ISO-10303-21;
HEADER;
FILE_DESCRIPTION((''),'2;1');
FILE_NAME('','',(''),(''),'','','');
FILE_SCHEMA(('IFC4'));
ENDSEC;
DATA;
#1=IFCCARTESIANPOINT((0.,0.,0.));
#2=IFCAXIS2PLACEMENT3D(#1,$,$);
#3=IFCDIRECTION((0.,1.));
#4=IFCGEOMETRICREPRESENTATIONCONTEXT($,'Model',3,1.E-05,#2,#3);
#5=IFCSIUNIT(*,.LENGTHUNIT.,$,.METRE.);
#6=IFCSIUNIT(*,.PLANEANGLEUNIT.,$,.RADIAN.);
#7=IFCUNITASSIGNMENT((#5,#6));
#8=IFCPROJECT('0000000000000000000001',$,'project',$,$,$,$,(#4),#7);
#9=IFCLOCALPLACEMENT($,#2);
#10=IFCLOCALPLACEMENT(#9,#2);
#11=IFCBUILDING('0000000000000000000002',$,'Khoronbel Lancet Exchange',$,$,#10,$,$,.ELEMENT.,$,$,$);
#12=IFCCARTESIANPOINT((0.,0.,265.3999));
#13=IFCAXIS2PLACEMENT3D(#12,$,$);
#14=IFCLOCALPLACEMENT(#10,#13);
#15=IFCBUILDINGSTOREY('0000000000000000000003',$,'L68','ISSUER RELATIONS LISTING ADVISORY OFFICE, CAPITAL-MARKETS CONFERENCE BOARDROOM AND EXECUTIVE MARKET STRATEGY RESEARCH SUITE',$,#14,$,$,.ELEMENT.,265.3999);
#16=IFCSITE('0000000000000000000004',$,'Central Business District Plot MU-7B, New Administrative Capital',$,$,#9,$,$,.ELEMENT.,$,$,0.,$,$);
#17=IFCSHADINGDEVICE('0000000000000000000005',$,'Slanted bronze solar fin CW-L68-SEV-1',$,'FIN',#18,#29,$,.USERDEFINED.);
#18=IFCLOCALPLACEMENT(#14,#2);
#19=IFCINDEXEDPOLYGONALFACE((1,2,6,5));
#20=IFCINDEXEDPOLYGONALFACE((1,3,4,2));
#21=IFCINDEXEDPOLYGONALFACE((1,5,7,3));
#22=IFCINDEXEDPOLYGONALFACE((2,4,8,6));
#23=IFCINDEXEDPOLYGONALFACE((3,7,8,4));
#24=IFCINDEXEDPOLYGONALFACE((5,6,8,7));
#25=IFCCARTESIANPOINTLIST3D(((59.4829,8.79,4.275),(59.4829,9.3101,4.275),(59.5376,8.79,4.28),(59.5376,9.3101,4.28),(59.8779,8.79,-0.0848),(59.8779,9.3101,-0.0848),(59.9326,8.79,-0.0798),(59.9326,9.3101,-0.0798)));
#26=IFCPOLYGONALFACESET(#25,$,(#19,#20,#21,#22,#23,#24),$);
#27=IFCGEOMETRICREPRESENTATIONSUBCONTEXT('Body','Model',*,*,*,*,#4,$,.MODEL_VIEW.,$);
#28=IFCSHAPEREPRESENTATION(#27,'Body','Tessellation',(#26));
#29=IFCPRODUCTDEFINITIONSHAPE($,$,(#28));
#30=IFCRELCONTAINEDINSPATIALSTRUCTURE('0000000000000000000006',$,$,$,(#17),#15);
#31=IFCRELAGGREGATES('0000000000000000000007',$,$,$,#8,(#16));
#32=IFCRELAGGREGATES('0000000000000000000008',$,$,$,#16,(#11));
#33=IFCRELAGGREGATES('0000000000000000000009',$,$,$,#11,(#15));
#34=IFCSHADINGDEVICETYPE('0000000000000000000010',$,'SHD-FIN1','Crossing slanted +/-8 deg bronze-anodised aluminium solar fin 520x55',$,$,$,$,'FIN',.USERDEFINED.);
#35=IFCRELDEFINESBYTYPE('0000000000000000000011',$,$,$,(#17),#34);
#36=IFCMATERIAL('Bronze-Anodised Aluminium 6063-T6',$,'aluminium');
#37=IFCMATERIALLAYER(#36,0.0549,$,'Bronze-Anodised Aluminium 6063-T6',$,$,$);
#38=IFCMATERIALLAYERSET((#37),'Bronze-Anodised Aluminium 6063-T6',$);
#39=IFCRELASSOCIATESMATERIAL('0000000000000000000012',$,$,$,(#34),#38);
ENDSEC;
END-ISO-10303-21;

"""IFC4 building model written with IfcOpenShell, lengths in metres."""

from ifc_helpers import new_model, si_unit, direction, frame, origin, place, context, subcontext, project, spatial, polyline, outline, extrude, material, layer, layer_set, type_object, element, save


model = new_model("IFC4")

# Units and contexts
model_context = context("Model", 3, precision=1e-05, world=origin(), true_north=direction((0.0, 1.0)))
body_context = subcontext(model_context, "Body", "Model", "MODEL_VIEW")
ifc_project = project(units=[si_unit("LENGTHUNIT", "METRE"), si_unit("PLANEANGLEUNIT", "RADIAN")], contexts=[model_context])

# Site, building, storey
site_placement = place(None, origin())
site = spatial("IfcSite", under=ifc_project, at=site_placement, Name="Central Business District Plot MU-7B, New Administrative Capital", CompositionType="ELEMENT", RefElevation=0.0)
building_placement = place(site_placement, origin())
building = spatial("IfcBuilding", under=site, at=building_placement, Name="Khoronbel Lancet Exchange", CompositionType="ELEMENT")
storey_placement = place(building_placement, frame((0.0, 0.0, 265.3999)))
storey = spatial("IfcBuildingStorey", under=building, at=storey_placement, Name="L68", Description="ISSUER RELATIONS LISTING ADVISORY OFFICE, CAPITAL-MARKETS CONFERENCE BOARDROOM AND EXECUTIVE MARKET STRATEGY RESEARCH SUITE", CompositionType="ELEMENT", Elevation=265.3999)

# Shared definitions
ifc_material_1 = material(Name="Bronze-Anodised Aluminium 6063-T6", Category="aluminium")

# Shading device
ifc_layer_1 = layer(ifc_material_1, 0.0549, Name="Bronze-Anodised Aluminium 6063-T6")
ifc_layer_set_1 = layer_set([ifc_layer_1], Name="Bronze-Anodised Aluminium 6063-T6")
shading_device_type = type_object("IfcShadingDeviceType", Name="SHD-FIN1", Description="Crossing slanted +/-8 deg bronze-anodised aluminium solar fin 520x55", ElementType="FIN", PredefinedType="USERDEFINED", material=ifc_layer_set_1)
shading_device_placement = place(storey_placement, frame((59.9326, 9.3101, -0.0798), z_axis=(0.995921, 0.0, 0.090234), x_axis=(0.0, -1.0, 0.0)))
element("IfcShadingDevice", 1, at=shading_device_placement, inside=storey, type_object=shading_device_type, Name="Slanted bronze solar fin CW-L68-SEV-1", ObjectType="FIN", PredefinedType="USERDEFINED", context=body_context, shape_type="SweptSolid", body=[
    extrude(outline(polyline([(0.0, 0.0), (0.52, 0.0), (0.52, -4.3777), (0.0, -4.3777), (0.0, 0.0)])), origin(), (0.0, 0.0, -1.0), 0.0549),
])

save(model, "model.ifc")
